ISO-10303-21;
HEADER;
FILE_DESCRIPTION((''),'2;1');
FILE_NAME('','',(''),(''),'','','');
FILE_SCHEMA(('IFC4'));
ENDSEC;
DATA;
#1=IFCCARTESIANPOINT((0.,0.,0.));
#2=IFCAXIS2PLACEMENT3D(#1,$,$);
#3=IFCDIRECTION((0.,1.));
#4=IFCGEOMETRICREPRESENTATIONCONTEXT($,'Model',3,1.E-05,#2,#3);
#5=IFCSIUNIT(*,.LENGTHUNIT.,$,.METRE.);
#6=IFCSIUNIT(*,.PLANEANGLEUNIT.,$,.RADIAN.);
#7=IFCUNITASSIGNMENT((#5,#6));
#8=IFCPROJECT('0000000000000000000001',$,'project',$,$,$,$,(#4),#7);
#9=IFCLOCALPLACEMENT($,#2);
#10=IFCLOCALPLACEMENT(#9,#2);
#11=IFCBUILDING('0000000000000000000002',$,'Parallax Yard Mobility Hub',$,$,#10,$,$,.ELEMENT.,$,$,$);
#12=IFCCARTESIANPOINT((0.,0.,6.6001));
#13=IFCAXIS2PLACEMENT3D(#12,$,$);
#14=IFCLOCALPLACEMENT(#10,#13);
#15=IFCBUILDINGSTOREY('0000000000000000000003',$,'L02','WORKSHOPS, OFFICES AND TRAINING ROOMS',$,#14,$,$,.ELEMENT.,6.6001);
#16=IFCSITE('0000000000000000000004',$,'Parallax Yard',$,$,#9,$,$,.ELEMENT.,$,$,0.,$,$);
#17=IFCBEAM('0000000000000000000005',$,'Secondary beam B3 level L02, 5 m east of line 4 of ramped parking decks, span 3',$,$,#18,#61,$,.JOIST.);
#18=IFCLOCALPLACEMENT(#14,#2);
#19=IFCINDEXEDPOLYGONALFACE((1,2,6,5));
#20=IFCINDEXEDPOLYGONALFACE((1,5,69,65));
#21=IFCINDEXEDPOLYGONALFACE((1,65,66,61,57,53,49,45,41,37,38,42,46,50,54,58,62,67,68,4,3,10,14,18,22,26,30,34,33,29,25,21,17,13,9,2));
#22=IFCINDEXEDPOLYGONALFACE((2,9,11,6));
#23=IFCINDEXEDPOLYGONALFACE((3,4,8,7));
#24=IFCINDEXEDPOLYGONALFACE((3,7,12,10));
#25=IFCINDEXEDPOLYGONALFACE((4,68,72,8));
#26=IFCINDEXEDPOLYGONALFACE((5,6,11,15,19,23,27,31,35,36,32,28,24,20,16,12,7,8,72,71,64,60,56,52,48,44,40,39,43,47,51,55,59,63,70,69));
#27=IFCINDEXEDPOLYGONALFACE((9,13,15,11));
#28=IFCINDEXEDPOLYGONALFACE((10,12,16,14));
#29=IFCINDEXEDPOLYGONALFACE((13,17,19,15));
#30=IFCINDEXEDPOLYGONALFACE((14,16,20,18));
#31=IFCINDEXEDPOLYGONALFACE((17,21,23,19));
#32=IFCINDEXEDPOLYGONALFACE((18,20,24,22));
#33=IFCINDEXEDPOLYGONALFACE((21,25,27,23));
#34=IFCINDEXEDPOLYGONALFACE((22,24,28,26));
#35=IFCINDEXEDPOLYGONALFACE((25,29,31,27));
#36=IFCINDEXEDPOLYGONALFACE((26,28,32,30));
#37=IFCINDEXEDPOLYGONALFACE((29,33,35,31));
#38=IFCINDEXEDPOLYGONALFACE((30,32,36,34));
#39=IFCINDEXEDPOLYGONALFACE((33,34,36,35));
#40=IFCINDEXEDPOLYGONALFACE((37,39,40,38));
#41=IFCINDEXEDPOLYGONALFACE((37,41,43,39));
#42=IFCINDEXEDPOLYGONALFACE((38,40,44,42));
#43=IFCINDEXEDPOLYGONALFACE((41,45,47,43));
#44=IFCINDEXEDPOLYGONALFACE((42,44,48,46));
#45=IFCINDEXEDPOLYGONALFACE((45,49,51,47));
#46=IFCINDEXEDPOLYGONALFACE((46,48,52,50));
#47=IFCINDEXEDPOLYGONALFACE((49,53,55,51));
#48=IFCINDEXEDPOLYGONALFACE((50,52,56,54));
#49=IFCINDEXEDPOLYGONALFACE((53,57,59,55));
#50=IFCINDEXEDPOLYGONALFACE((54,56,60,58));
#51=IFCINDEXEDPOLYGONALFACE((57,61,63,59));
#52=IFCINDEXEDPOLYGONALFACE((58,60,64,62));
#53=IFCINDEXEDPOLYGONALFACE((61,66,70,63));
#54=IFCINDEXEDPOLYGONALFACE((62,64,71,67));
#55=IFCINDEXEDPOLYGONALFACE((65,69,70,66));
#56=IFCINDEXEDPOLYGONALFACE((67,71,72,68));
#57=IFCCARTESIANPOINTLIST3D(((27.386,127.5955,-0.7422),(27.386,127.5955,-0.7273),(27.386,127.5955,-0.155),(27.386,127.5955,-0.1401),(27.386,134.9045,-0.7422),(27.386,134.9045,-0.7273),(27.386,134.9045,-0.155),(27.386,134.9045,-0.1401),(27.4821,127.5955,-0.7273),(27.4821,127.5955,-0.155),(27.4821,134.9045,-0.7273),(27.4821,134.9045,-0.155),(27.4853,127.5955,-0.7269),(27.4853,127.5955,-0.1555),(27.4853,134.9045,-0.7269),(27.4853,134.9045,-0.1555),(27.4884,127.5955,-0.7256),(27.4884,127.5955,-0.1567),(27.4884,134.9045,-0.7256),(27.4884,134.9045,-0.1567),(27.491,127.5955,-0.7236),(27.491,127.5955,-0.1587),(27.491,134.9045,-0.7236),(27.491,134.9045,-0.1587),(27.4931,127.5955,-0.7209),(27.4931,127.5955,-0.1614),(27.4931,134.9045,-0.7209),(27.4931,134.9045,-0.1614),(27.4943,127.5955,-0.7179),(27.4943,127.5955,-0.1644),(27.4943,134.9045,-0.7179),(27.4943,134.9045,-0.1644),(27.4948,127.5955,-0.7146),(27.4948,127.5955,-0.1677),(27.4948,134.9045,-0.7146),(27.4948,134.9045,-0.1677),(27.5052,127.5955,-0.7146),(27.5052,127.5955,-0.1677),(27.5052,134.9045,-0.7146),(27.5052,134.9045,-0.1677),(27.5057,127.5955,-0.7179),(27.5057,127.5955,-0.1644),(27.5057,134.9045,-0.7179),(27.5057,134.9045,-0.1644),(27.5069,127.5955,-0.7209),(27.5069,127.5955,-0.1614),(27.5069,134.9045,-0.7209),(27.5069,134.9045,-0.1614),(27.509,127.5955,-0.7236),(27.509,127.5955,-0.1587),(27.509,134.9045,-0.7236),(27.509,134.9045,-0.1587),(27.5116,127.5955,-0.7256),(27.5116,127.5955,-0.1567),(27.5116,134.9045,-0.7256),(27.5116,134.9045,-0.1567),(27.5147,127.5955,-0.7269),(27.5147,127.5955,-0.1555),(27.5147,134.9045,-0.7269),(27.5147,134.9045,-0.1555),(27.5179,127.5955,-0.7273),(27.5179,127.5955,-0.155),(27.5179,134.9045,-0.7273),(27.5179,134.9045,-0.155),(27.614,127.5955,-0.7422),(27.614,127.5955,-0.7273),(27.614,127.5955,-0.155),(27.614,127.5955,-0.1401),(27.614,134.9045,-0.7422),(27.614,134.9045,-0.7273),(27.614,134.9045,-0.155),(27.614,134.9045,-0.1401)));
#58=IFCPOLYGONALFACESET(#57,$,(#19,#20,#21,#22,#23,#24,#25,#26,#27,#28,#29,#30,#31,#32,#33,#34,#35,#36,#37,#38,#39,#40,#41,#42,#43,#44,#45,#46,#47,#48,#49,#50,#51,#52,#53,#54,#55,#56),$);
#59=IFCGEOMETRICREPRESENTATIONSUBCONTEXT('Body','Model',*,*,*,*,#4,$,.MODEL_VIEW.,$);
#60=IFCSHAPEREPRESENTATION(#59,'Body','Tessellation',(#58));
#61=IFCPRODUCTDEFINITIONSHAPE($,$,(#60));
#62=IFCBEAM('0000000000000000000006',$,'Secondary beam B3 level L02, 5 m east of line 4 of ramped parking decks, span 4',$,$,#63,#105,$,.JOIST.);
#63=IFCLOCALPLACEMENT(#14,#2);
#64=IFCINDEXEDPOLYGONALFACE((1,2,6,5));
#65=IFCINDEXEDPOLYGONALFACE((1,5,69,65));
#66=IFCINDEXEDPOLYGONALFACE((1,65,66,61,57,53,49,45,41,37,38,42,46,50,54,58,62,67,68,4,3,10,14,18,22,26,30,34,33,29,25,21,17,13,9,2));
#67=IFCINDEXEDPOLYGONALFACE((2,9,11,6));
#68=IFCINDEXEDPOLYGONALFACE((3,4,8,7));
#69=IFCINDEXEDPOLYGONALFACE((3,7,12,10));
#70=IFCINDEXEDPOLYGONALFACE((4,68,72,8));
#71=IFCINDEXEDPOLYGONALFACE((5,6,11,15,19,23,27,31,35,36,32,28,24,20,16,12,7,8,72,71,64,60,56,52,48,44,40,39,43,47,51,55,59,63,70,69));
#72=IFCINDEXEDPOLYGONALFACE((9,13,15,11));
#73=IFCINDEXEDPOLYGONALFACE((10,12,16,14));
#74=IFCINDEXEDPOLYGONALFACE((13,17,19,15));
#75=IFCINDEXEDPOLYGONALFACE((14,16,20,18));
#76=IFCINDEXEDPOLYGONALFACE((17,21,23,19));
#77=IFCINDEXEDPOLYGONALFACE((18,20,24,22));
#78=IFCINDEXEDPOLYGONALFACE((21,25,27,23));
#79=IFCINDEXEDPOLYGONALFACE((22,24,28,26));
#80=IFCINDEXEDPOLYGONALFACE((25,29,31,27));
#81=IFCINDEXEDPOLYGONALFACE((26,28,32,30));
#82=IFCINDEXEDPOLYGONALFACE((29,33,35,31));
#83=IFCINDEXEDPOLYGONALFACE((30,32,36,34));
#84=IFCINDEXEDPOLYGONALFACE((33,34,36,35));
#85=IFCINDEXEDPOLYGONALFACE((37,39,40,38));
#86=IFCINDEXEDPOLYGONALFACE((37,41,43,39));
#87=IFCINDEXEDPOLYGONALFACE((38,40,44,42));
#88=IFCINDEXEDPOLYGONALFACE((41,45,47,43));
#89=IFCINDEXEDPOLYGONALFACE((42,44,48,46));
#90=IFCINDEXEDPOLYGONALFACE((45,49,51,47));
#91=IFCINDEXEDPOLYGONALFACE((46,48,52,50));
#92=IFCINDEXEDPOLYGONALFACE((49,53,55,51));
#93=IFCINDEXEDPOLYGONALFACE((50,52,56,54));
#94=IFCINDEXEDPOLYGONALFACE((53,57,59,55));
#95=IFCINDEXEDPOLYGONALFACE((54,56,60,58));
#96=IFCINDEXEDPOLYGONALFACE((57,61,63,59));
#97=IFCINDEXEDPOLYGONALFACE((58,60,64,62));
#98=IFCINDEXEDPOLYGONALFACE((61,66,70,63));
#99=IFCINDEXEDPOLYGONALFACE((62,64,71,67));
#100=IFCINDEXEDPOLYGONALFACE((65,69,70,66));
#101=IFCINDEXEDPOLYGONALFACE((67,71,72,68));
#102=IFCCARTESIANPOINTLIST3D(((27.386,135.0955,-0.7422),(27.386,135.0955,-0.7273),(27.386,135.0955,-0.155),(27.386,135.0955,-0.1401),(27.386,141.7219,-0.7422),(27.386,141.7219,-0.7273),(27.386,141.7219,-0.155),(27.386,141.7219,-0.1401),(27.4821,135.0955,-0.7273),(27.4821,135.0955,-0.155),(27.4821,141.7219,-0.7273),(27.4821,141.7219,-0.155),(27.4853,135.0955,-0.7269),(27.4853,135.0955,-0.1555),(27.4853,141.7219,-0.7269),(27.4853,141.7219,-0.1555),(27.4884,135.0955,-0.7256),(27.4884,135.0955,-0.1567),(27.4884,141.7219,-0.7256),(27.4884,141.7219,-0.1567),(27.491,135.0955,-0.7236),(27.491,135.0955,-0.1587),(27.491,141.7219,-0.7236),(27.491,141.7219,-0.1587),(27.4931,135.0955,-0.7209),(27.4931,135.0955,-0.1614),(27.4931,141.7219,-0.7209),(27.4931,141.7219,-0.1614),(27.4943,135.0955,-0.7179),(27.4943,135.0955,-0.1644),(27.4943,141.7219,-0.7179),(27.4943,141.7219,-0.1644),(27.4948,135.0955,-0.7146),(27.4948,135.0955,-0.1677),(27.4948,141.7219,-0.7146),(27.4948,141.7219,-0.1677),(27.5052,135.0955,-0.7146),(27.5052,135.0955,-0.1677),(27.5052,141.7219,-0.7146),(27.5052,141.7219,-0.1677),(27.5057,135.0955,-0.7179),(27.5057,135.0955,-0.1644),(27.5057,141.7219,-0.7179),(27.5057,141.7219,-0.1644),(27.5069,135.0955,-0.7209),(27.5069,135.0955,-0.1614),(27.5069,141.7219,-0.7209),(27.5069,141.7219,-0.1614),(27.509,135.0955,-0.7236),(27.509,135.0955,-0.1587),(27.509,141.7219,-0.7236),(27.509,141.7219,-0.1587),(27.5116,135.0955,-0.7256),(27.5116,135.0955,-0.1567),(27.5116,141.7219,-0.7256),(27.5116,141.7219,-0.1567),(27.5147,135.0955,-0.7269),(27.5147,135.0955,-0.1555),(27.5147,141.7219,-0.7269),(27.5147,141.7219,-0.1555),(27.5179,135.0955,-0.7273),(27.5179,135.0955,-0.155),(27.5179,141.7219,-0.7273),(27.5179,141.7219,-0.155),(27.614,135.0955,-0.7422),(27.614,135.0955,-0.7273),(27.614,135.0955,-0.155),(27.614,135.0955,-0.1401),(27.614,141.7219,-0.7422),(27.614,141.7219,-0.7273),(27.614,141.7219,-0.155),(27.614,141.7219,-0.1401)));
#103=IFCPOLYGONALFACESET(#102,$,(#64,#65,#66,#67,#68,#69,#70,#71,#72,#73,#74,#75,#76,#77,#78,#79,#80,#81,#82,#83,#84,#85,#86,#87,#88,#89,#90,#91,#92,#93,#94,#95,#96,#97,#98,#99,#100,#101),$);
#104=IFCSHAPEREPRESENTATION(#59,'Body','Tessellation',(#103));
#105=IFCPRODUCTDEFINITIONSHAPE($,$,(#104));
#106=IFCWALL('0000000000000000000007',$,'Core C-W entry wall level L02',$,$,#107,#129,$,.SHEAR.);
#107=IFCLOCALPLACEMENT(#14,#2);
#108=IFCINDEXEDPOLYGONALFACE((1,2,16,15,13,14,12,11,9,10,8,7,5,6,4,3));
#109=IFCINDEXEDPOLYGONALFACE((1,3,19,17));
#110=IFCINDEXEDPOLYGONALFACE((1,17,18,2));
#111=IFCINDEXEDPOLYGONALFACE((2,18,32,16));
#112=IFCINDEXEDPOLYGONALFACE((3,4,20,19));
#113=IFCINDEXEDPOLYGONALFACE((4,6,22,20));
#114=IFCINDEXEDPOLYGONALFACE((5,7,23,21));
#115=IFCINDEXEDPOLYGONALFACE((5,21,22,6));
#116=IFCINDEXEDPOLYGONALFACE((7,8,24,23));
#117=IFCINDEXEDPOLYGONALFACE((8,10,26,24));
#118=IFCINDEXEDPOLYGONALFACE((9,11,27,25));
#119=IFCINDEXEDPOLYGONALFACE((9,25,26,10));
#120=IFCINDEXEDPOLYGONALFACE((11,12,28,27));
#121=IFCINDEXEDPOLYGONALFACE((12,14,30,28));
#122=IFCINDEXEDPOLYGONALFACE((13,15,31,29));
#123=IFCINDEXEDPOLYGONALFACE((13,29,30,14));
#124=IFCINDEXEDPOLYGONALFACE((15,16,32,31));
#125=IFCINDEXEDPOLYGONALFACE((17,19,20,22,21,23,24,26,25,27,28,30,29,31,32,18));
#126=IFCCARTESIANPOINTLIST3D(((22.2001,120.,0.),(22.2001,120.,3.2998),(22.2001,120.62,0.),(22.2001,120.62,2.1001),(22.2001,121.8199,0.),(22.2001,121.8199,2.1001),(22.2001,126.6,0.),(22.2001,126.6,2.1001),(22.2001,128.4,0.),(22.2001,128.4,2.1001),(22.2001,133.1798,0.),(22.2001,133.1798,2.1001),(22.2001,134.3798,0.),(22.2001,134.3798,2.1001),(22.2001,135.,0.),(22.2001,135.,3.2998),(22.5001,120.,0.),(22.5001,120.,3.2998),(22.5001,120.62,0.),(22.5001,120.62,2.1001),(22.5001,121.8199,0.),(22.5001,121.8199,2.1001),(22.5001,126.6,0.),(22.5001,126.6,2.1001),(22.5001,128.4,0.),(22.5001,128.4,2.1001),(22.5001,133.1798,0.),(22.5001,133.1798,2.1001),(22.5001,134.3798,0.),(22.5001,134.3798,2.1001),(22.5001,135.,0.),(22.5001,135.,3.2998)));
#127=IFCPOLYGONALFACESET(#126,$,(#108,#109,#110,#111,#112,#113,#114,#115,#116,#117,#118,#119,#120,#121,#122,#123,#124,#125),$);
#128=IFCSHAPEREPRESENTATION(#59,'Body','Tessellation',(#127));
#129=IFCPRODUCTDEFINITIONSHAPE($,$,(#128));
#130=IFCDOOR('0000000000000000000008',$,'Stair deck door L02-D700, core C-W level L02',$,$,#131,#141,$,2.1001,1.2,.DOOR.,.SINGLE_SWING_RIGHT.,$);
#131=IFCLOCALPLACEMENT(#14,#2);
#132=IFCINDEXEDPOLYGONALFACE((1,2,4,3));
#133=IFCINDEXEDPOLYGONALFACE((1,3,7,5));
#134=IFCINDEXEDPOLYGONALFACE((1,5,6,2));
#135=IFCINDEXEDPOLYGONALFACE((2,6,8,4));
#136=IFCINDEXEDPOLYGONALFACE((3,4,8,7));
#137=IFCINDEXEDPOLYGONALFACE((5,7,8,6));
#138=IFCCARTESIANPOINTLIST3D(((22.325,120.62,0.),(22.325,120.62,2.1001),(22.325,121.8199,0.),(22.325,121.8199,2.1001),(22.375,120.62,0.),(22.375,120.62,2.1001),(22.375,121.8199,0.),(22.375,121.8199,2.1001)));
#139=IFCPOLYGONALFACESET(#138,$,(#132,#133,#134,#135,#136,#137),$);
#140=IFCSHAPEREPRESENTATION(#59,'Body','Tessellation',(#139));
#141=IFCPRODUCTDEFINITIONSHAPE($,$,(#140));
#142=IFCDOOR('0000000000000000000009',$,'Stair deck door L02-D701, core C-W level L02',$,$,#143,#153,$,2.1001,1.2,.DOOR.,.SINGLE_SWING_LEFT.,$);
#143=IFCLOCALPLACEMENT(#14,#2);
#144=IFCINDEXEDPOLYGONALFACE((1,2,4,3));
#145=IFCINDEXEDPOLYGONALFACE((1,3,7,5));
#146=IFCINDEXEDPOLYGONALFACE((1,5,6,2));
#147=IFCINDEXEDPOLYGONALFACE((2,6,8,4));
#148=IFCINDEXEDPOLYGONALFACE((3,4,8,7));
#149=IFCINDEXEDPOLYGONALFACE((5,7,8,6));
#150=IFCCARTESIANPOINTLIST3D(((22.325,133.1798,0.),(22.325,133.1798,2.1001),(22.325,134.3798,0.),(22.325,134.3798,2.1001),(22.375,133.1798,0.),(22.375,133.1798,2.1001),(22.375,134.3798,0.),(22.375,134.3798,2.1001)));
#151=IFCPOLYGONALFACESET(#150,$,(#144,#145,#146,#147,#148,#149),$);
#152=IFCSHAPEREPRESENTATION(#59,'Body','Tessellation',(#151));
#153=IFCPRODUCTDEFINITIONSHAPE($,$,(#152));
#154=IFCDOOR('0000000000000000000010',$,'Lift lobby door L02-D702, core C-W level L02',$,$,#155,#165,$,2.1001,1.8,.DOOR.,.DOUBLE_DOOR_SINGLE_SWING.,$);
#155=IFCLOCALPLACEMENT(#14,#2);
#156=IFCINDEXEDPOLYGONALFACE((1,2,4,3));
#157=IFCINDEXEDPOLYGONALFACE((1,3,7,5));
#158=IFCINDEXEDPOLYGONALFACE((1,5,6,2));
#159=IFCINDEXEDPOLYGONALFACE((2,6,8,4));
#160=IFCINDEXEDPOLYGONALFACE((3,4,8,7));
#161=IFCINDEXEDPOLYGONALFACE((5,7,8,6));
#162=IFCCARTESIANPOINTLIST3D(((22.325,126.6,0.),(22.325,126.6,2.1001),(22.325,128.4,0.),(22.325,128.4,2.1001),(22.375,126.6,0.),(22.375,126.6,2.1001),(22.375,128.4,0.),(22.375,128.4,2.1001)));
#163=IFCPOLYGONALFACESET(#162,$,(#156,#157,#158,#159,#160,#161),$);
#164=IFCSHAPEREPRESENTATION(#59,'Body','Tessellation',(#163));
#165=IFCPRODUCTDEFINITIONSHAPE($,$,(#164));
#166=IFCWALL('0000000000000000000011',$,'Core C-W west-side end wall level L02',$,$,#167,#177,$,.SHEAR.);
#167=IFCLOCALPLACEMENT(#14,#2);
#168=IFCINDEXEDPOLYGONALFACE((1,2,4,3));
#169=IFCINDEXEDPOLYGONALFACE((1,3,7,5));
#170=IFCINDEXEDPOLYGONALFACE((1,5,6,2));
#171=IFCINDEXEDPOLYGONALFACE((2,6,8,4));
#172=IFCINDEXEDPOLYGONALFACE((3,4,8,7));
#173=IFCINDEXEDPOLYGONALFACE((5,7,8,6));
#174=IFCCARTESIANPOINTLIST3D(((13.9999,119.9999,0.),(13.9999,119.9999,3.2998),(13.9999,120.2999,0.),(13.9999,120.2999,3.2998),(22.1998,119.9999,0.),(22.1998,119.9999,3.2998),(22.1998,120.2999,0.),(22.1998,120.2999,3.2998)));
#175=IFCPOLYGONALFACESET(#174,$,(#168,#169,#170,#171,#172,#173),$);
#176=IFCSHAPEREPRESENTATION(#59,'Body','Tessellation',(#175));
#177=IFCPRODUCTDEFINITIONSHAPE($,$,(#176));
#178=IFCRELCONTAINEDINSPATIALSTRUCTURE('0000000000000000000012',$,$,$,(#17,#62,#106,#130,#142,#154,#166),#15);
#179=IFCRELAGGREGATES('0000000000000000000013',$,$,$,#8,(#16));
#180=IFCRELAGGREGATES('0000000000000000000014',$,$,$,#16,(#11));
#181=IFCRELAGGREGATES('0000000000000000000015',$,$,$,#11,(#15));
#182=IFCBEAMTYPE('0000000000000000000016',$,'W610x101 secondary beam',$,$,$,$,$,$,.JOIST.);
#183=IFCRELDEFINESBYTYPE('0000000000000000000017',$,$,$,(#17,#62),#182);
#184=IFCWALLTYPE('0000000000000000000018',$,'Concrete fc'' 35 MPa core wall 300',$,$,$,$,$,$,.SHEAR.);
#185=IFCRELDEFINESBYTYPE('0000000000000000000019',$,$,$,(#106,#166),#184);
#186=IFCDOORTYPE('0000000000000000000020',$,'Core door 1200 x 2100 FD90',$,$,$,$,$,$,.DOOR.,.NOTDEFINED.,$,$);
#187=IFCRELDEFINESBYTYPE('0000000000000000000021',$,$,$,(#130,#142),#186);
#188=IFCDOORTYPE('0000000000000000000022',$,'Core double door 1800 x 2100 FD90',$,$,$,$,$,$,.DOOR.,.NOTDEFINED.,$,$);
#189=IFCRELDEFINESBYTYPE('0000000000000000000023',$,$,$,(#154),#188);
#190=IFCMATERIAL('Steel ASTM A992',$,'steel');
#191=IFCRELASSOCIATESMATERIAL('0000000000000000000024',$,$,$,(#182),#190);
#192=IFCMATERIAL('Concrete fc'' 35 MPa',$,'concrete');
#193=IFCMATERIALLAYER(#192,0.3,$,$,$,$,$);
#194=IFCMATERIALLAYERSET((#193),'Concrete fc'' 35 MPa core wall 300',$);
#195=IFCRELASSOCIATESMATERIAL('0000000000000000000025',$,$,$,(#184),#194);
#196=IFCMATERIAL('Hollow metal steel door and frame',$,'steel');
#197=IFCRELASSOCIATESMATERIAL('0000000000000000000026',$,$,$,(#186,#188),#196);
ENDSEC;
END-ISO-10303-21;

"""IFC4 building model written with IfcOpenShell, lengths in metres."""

from ifc_helpers import new_model, si_unit, direction, frame, frame_2d, origin, origin_2d, place, context, subcontext, project, spatial, rectangle, i_section, extrude, material, layer, layer_set, material_profile, profile_set, type_object, element, fill, save


model = new_model("IFC4")

# Units and contexts
model_context = context("Model", 3, precision=1e-05, world=origin(), true_north=direction((0.0, 1.0)))
body_context = subcontext(model_context, "Body", "Model", "MODEL_VIEW")
ifc_project = project(units=[si_unit("LENGTHUNIT", "METRE"), si_unit("PLANEANGLEUNIT", "RADIAN")], contexts=[model_context])

# Site, building, storey
site_placement = place(None, origin())
site = spatial("IfcSite", under=ifc_project, at=site_placement, Name="Parallax Yard", CompositionType="ELEMENT", RefElevation=0.0)
building_placement = place(site_placement, origin())
building = spatial("IfcBuilding", under=site, at=building_placement, Name="Parallax Yard Mobility Hub", CompositionType="ELEMENT")
storey_placement = place(building_placement, frame((0.0, 0.0, 6.6001)))
storey = spatial("IfcBuildingStorey", under=building, at=storey_placement, Name="L02", Description="WORKSHOPS, OFFICES AND TRAINING ROOMS", CompositionType="ELEMENT", Elevation=6.6001)

# Beams
ifc_material_1 = material(Name="Steel ASTM A992", Category="steel")
ifc_material_profile_1 = material_profile(ifc_material_1, i_section(OverallWidth=0.228, OverallDepth=0.6021, WebThickness=0.0105, FlangeThickness=0.0149, FilletRadius=0.0127, at=origin_2d()), Name="W610x101")
ifc_profile_set_1 = profile_set([ifc_material_profile_1], Name="Steel ASTM A992")
beam_type_1 = type_object("IfcBeamType", Name="W610x101 secondary beam", PredefinedType="JOIST", material=ifc_profile_set_1)
for number, where, z_axis, x_axis, name in (
    (1, (27.5, 127.5955, -0.4412), (0.0, 1.0, 0.0), (-1.0, 0.0, 0.0), "Secondary beam B3 level L02, 5 m east of line 4 of ramped parking decks, span 3"),
):
    element("IfcBeam", number, at=place(storey_placement, frame(where, z_axis=z_axis, x_axis=x_axis)), inside=storey, type_object=beam_type_1, Name=name, PredefinedType="JOIST", context=body_context, shape_type="SweptSolid", body=[
        extrude(i_section(OverallWidth=0.228, OverallDepth=0.6021, WebThickness=0.0105, FlangeThickness=0.0149, FilletRadius=0.0127, at=origin_2d()), origin(), (0.0, 0.0, 1.0), 7.3091),
    ])
beam_1_placement = place(storey_placement, frame((27.5, 135.0955, -0.4412), z_axis=(0.0, 1.0, 0.0), x_axis=(-1.0, 0.0, 0.0)))
element("IfcBeam", 2, at=beam_1_placement, inside=storey, type_object=beam_type_1, Name="Secondary beam B3 level L02, 5 m east of line 4 of ramped parking decks, span 4", PredefinedType="JOIST", context=body_context, shape_type="SweptSolid", body=[
    extrude(i_section(OverallWidth=0.228, OverallDepth=0.6021, WebThickness=0.0105, FlangeThickness=0.0149, FilletRadius=0.0127, at=origin_2d()), origin(), (0.0, 0.0, 1.0), 6.6265),
])

# Wall, openings, doors
ifc_material_2 = material(Name="Concrete fc' 35 MPa", Category="concrete")
ifc_layer_1 = layer(ifc_material_2, 0.3)
ifc_layer_set_1 = layer_set([ifc_layer_1], Name="Concrete fc' 35 MPa core wall 300")
wall_type_1 = type_object("IfcWallType", Name="Concrete fc' 35 MPa core wall 300", PredefinedType="SHEAR", material=ifc_layer_set_1)
wall_1_placement = place(storey_placement, frame((22.3501, 135.0, 0.0), z_axis=(0.0, 0.0, 1.0), x_axis=(0.0, -1.0, 0.0)))
wall_1 = element("IfcWall", 3, at=wall_1_placement, inside=storey, type_object=wall_type_1, Name="Core C-W entry wall level L02", PredefinedType="SHEAR", context=body_context, shape_type="SweptSolid", body=[
    extrude(rectangle(XDim=15.0, YDim=0.3, at=frame_2d((7.5, 0.0))), origin(), (0.0, 0.0, 1.0), 3.2998),
])
opening_1_placement = place(wall_1_placement, frame((13.1799, 0.0, 0.0)))
opening_1 = element("IfcOpeningElement", 4, at=opening_1_placement, cuts=wall_1, PredefinedType="OPENING", context=body_context, shape_type="SweptSolid", body=[
    extrude(rectangle(XDim=1.2, YDim=2.1001, at=frame_2d((0.6001, 1.05))), frame((0.0, 0.1602, 0.0), z_axis=(0.0, -1.0, 0.0), x_axis=(1.0, 0.0, 0.0)), (0.0, 0.0, 1.0), 0.3201),
])
opening_2_placement = place(wall_1_placement, frame((0.6201, 0.0, 0.0)))
opening_2 = element("IfcOpeningElement", 5, at=opening_2_placement, cuts=wall_1, PredefinedType="OPENING", context=body_context, shape_type="SweptSolid", body=[
    extrude(rectangle(XDim=1.2, YDim=2.1001, at=frame_2d((0.6001, 1.05))), frame((0.0, 0.1602, 0.0), z_axis=(0.0, -1.0, 0.0), x_axis=(1.0, 0.0, 0.0)), (0.0, 0.0, 1.0), 0.3201),
])
opening_3_placement = place(wall_1_placement, frame((6.6001, 0.0, 0.0)))
opening_3 = element("IfcOpeningElement", 6, at=opening_3_placement, cuts=wall_1, PredefinedType="OPENING", context=body_context, shape_type="SweptSolid", body=[
    extrude(rectangle(XDim=1.8, YDim=2.1001, at=frame_2d((0.8999, 1.05))), frame((0.0, 0.1602, 0.0), z_axis=(0.0, -1.0, 0.0), x_axis=(1.0, 0.0, 0.0)), (0.0, 0.0, 1.0), 0.3201),
])
ifc_material_3 = material(Name="Hollow metal steel door and frame", Category="steel")
door_type_1 = type_object("IfcDoorType", Name="Core door 1200 x 2100 FD90", OperationType="NOTDEFINED", PredefinedType="DOOR", material=ifc_material_3)
door_1_placement = place(opening_1_placement, origin())
door_1 = element("IfcDoor", 7, at=door_1_placement, inside=storey, type_object=door_type_1, Name="Stair deck door L02-D700, core C-W level L02", OperationType="SINGLE_SWING_RIGHT", OverallHeight=2.1001, OverallWidth=1.2, PredefinedType="DOOR", context=body_context, shape_type="SweptSolid", body=[
    extrude(rectangle(XDim=1.2, YDim=2.1001, at=frame_2d((0.6001, 1.05))), frame((0.0, 0.0249, 0.0), z_axis=(0.0, -1.0, 0.0), x_axis=(1.0, 0.0, 0.0)), (0.0, 0.0, 1.0), 0.05),
])
fill(opening_1, door_1)
door_2_placement = place(opening_2_placement, origin())
door_2 = element("IfcDoor", 8, at=door_2_placement, inside=storey, type_object=door_type_1, Name="Stair deck door L02-D701, core C-W level L02", OperationType="SINGLE_SWING_LEFT", OverallHeight=2.1001, OverallWidth=1.2, PredefinedType="DOOR", context=body_context, shape_type="SweptSolid", body=[
    extrude(rectangle(XDim=1.2, YDim=2.1001, at=frame_2d((0.6001, 1.05))), frame((0.0, 0.0249, 0.0), z_axis=(0.0, -1.0, 0.0), x_axis=(1.0, 0.0, 0.0)), (0.0, 0.0, 1.0), 0.05),
])
fill(opening_2, door_2)
door_type_2 = type_object("IfcDoorType", Name="Core double door 1800 x 2100 FD90", OperationType="NOTDEFINED", PredefinedType="DOOR", material=ifc_material_3)
door_3_placement = place(opening_3_placement, origin())
door_3 = element("IfcDoor", 9, at=door_3_placement, inside=storey, type_object=door_type_2, Name="Lift lobby door L02-D702, core C-W level L02", OperationType="DOUBLE_DOOR_SINGLE_SWING", OverallHeight=2.1001, OverallWidth=1.8, PredefinedType="DOOR", context=body_context, shape_type="SweptSolid", body=[
    extrude(rectangle(XDim=1.8, YDim=2.1001, at=frame_2d((0.8999, 1.05))), frame((0.0, 0.0249, 0.0), z_axis=(0.0, -1.0, 0.0), x_axis=(1.0, 0.0, 0.0)), (0.0, 0.0, 1.0), 0.05),
])
fill(opening_3, door_3)

# Wall
wall_2_placement = place(storey_placement, frame((22.2, 120.1499, 0.0), z_axis=(0.0, 0.0, 1.0), x_axis=(-1.0, 0.0, 0.0)))
element("IfcWall", 10, at=wall_2_placement, inside=storey, type_object=wall_type_1, Name="Core C-W west-side end wall level L02", PredefinedType="SHEAR", context=body_context, shape_type="SweptSolid", body=[
    extrude(rectangle(XDim=8.2, YDim=0.3, at=frame_2d((4.1001, 0.0))), origin(), (0.0, 0.0, 1.0), 3.2998),
])

save(model, "model.ifc")
